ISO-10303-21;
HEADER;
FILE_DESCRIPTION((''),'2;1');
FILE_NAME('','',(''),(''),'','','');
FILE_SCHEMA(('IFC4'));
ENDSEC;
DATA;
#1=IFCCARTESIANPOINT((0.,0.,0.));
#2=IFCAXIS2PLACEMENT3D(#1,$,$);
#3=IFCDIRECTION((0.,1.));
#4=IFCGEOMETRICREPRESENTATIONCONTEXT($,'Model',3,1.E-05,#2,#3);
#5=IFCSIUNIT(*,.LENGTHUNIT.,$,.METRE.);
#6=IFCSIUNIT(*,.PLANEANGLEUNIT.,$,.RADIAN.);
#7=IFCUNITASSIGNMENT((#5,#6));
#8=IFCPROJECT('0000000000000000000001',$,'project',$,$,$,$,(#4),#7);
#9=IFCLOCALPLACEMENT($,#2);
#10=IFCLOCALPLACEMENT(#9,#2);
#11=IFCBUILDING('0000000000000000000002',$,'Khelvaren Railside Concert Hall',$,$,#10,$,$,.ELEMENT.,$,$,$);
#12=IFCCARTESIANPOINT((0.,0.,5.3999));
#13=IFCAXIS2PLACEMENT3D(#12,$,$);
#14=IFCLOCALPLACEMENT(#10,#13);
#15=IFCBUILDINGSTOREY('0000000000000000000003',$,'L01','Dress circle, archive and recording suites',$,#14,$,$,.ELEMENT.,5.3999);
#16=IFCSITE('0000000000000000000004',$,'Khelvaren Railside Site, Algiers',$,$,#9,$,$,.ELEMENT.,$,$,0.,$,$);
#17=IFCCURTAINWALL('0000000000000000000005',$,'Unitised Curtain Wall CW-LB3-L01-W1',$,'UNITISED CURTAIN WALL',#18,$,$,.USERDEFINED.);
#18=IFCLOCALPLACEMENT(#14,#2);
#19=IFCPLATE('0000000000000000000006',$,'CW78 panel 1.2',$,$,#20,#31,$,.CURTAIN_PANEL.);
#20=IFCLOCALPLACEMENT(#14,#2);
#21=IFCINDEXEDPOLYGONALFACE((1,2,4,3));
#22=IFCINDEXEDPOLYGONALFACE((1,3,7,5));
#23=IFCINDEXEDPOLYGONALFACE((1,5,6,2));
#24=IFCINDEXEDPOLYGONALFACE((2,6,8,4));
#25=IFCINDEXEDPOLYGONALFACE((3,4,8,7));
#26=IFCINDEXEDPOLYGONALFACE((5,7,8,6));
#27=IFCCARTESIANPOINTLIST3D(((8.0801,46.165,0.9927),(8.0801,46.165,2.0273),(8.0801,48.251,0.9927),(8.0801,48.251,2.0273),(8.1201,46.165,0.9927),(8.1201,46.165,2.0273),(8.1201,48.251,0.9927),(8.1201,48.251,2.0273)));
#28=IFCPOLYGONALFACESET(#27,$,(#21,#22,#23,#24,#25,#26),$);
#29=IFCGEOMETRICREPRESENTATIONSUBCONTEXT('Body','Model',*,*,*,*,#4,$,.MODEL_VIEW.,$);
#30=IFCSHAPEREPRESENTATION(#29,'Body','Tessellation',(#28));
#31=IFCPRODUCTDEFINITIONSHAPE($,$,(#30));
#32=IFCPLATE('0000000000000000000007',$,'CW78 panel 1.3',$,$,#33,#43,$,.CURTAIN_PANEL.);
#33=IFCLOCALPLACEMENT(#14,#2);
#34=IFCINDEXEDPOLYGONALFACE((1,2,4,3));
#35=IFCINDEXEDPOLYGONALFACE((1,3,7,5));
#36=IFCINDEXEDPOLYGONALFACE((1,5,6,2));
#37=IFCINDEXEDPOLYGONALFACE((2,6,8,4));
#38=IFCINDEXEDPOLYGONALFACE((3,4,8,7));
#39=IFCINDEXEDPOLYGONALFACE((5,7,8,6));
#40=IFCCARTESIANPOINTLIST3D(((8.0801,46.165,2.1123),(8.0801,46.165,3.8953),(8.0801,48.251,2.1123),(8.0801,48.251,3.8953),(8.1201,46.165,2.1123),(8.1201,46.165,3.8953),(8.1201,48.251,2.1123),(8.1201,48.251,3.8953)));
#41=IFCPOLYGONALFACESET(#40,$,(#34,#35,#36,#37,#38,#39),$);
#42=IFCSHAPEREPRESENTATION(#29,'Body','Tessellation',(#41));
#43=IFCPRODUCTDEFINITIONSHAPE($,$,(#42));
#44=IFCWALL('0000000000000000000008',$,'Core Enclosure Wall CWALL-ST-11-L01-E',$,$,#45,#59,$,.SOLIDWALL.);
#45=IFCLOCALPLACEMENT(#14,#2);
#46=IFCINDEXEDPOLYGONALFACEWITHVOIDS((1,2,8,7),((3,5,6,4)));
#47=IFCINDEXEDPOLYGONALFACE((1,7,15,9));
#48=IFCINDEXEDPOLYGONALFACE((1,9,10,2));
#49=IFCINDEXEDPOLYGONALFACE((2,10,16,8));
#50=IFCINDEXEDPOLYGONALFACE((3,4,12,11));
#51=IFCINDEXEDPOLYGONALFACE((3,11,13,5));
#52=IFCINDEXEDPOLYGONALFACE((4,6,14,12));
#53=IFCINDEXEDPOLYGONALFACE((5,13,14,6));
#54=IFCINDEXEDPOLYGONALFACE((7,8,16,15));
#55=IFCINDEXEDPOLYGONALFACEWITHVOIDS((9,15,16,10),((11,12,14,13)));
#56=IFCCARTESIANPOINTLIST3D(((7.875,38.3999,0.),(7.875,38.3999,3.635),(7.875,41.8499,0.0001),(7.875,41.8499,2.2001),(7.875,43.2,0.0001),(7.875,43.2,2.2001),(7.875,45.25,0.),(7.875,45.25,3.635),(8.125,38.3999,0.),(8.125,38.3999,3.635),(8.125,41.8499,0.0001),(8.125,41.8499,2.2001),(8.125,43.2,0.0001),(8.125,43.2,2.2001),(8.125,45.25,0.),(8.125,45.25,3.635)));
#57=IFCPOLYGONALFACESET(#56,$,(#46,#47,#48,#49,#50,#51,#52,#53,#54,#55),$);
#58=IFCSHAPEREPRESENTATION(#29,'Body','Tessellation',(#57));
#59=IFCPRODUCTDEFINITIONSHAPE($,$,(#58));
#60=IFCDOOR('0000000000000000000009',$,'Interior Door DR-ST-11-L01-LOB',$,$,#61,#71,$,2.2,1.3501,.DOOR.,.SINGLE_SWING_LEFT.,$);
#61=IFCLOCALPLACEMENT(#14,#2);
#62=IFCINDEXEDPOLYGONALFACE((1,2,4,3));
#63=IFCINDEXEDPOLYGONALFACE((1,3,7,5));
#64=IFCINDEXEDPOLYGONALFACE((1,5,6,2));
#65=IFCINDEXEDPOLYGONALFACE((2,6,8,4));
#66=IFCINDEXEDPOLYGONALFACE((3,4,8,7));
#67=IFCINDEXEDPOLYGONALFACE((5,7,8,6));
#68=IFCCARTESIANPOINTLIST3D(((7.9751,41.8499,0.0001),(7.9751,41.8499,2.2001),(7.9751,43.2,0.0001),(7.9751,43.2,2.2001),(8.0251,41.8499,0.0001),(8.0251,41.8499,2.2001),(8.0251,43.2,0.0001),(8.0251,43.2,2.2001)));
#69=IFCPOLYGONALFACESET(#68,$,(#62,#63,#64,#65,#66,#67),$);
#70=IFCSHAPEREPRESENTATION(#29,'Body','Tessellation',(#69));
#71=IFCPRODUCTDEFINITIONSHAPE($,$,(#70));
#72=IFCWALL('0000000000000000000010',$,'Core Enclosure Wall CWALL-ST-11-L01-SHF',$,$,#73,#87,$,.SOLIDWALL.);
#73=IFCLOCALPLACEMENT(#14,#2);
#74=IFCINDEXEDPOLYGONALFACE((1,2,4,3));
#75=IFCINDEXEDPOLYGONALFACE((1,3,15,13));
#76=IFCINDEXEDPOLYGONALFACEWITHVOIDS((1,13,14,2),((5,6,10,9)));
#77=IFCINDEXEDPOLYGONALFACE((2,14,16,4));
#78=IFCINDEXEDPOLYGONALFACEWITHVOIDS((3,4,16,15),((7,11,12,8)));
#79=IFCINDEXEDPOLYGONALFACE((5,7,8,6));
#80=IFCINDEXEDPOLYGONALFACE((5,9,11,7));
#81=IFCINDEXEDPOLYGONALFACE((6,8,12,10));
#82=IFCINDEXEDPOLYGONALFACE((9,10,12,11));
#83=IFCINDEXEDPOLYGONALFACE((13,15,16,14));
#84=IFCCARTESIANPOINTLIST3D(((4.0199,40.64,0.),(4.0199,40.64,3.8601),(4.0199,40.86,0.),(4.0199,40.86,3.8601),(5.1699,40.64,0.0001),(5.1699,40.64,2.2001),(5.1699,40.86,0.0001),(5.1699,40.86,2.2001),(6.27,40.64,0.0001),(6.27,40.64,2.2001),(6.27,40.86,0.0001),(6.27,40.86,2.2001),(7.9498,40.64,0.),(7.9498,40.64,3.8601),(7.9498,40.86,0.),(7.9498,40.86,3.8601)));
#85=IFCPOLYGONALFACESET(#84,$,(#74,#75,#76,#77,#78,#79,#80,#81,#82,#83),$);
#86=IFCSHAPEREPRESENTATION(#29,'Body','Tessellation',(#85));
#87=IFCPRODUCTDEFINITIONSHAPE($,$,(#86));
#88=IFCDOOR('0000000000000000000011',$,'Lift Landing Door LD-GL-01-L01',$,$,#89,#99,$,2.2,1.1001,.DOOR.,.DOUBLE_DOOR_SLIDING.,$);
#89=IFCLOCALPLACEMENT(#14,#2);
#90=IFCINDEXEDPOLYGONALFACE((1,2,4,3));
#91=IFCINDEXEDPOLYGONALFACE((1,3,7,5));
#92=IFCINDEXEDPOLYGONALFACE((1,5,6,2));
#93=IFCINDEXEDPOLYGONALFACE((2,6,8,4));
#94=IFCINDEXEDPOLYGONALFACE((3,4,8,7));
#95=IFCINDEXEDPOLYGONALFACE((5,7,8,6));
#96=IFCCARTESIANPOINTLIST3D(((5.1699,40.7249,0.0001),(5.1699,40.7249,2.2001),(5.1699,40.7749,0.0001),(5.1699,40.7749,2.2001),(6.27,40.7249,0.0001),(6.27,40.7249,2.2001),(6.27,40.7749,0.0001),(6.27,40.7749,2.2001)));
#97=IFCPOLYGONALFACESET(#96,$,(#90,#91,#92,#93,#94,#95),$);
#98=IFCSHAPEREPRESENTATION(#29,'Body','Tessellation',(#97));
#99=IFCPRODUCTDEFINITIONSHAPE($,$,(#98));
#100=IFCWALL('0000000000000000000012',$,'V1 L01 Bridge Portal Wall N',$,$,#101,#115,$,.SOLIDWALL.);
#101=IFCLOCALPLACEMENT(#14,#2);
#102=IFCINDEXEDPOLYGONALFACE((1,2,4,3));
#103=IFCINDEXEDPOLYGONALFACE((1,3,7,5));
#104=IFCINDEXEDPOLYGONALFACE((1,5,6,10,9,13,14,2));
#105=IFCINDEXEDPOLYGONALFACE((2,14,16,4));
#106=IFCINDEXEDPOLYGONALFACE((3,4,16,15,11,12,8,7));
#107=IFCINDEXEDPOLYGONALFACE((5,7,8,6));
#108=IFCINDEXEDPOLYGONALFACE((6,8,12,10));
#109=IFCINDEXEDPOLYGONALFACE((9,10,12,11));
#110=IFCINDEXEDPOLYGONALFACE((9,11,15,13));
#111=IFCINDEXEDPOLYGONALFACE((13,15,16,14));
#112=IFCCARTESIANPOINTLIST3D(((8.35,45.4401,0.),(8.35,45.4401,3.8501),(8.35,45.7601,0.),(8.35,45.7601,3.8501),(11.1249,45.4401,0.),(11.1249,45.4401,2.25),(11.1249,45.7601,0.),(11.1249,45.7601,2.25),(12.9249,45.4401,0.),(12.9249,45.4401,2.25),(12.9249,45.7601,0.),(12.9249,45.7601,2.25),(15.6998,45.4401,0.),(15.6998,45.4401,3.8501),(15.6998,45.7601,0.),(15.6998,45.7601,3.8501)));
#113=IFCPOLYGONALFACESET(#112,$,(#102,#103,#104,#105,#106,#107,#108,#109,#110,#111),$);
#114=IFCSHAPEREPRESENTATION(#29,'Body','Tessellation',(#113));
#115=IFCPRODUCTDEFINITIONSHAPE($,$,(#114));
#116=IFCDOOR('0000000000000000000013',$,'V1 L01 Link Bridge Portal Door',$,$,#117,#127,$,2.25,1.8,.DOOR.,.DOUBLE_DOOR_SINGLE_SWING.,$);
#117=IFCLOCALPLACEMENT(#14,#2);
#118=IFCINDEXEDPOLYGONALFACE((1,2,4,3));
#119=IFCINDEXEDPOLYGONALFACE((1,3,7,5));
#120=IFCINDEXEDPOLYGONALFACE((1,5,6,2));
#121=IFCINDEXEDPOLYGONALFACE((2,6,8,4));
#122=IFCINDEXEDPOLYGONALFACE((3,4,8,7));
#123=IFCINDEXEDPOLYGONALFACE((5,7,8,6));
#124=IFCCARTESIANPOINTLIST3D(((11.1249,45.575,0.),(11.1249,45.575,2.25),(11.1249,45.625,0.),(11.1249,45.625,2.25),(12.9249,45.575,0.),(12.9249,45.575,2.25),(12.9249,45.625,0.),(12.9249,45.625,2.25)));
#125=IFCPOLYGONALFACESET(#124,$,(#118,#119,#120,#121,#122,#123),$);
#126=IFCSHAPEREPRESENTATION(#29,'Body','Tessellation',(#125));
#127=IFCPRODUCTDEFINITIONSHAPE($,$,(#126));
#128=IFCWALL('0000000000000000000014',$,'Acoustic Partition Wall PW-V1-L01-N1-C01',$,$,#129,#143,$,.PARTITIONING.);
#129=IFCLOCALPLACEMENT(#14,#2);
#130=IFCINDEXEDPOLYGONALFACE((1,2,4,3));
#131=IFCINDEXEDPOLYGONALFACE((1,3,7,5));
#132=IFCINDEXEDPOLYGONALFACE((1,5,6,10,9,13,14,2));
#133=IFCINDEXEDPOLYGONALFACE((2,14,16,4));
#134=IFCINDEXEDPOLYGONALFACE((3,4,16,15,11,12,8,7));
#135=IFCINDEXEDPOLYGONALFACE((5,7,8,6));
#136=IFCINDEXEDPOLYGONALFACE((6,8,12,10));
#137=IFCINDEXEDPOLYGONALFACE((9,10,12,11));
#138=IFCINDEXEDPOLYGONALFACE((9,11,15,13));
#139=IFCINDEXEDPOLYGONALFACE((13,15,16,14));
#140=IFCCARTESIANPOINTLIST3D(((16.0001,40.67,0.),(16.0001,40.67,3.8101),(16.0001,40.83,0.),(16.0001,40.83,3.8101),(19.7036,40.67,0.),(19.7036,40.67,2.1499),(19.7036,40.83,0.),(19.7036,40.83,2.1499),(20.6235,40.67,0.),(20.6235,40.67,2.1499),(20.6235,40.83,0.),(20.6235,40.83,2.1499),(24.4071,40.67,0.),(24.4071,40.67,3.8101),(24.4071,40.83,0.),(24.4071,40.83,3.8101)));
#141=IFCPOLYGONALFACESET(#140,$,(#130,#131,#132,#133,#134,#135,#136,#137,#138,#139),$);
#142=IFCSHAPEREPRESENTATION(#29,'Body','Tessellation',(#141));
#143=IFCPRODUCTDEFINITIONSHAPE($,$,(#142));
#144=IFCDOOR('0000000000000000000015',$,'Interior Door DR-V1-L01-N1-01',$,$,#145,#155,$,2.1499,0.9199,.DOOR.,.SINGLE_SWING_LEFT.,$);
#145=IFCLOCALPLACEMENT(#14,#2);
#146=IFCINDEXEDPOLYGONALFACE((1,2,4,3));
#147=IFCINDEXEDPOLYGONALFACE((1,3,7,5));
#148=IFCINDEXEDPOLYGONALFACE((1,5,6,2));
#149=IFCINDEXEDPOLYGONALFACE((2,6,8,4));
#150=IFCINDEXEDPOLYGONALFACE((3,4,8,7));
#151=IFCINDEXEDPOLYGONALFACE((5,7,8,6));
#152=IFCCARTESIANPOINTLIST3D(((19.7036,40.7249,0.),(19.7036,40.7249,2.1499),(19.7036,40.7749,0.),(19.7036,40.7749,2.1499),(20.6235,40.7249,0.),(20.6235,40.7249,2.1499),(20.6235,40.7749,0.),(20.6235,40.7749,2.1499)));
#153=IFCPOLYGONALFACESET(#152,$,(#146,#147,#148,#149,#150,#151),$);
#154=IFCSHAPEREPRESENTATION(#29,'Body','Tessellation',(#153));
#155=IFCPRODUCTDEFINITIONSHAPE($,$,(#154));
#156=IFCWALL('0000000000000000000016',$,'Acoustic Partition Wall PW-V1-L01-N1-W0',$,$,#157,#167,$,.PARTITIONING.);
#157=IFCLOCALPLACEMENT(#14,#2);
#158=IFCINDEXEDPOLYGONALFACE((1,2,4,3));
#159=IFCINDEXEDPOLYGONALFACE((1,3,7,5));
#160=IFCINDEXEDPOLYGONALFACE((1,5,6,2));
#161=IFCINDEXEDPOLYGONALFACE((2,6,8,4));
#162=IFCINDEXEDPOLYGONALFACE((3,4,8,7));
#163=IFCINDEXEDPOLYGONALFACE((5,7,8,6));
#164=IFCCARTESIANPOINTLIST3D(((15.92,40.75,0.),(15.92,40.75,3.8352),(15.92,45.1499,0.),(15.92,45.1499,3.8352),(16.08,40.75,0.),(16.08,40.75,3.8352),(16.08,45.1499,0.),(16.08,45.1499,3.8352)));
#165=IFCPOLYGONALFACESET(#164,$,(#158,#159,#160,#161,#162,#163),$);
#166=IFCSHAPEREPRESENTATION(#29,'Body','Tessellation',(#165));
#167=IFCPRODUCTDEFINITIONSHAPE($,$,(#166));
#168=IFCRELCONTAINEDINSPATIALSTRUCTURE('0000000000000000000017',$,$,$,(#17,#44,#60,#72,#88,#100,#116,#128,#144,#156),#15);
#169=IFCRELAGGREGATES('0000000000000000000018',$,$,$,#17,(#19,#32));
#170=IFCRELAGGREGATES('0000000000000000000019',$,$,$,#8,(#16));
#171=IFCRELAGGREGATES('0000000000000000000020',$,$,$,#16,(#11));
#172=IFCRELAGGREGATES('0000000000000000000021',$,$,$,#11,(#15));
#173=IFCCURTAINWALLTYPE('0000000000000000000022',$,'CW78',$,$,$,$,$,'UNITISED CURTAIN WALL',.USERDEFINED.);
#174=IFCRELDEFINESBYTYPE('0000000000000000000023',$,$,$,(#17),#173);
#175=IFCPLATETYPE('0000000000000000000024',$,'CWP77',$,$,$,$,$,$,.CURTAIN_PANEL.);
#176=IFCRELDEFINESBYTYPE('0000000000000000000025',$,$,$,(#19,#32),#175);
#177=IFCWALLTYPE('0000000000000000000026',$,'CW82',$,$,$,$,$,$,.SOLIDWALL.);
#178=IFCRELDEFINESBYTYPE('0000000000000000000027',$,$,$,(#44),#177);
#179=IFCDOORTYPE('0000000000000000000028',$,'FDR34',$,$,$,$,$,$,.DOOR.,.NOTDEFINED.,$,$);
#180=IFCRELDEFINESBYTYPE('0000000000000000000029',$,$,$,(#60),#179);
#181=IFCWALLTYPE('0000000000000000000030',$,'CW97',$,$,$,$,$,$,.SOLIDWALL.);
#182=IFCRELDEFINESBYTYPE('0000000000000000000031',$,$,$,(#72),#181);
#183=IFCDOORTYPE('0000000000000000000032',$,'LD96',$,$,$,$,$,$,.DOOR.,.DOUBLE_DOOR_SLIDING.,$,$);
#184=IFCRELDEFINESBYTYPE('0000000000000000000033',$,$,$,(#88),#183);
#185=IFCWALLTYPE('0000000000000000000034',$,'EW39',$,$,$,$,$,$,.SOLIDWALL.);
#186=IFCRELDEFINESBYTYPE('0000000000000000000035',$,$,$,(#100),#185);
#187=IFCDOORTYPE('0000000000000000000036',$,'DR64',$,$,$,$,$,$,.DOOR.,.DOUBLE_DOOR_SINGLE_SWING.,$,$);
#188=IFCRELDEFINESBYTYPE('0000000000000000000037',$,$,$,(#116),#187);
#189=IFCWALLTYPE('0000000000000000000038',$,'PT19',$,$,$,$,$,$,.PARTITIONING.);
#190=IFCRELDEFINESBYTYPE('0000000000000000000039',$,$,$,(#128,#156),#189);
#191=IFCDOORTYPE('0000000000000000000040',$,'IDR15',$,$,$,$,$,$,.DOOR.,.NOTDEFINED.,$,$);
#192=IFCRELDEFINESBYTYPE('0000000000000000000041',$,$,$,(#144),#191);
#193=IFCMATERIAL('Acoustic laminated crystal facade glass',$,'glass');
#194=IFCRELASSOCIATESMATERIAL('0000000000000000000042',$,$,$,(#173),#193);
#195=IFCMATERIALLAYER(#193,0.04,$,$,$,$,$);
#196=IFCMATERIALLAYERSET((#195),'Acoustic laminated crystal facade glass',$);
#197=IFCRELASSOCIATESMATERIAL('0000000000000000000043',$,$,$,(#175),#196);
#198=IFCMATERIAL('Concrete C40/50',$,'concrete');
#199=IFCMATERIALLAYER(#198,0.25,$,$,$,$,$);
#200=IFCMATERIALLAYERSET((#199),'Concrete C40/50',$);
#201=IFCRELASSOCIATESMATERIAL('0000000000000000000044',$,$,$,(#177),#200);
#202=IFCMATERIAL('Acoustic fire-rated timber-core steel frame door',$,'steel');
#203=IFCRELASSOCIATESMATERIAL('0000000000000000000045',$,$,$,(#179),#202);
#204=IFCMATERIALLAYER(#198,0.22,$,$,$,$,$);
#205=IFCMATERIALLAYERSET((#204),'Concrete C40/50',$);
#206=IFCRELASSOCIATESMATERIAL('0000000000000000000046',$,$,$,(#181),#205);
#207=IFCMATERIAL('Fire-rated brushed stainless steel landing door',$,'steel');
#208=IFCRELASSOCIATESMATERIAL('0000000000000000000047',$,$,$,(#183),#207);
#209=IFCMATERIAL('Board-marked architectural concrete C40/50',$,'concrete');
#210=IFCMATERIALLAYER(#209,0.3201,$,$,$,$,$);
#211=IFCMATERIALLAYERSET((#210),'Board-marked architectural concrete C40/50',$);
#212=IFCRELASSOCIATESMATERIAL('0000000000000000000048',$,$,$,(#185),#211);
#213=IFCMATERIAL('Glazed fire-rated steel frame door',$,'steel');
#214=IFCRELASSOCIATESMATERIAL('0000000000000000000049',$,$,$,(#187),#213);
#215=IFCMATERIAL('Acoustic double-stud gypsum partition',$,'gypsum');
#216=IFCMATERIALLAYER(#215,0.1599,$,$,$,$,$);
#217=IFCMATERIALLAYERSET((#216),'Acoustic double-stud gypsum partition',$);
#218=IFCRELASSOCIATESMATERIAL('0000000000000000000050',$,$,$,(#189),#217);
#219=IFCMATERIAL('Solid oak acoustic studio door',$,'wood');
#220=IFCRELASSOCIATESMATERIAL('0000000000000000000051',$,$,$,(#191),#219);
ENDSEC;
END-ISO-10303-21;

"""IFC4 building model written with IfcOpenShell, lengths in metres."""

from ifc_helpers import new_model, si_unit, direction, frame, frame_2d, origin, origin_2d, place, context, subcontext, project, spatial, rectangle, extrude, material, layer, layer_set, type_object, element, fill, aggregate, save


model = new_model("IFC4")

# Units and contexts
model_context = context("Model", 3, precision=1e-05, world=origin(), true_north=direction((0.0, 1.0)))
body_context = subcontext(model_context, "Body", "Model", "MODEL_VIEW")
ifc_project = project(units=[si_unit("LENGTHUNIT", "METRE"), si_unit("PLANEANGLEUNIT", "RADIAN")], contexts=[model_context])

# Site, building, storey
site_placement = place(None, origin())
site = spatial("IfcSite", under=ifc_project, at=site_placement, Name="Khelvaren Railside Site, Algiers", CompositionType="ELEMENT", RefElevation=0.0)
building_placement = place(site_placement, origin())
building = spatial("IfcBuilding", under=site, at=building_placement, Name="Khelvaren Railside Concert Hall", CompositionType="ELEMENT")
storey_placement = place(building_placement, frame((0.0, 0.0, 5.3999)))
storey = spatial("IfcBuildingStorey", under=building, at=storey_placement, Name="L01", Description="Dress circle, archive and recording suites", CompositionType="ELEMENT", Elevation=5.3999)

# Curtain wall
ifc_material_1 = material(Name="Acoustic laminated crystal facade glass", Category="glass")
curtain_wall_type = type_object("IfcCurtainWallType", Name="CW78", ElementType="UNITISED CURTAIN WALL", PredefinedType="USERDEFINED", material=ifc_material_1)
curtain_wall_1_placement = place(storey_placement, origin())
curtain_wall_1 = element("IfcCurtainWall", 1, at=curtain_wall_1_placement, inside=storey, type_object=curtain_wall_type, Name="Unitised Curtain Wall CW-LB3-L01-W1", ObjectType="UNITISED CURTAIN WALL", PredefinedType="USERDEFINED")

# Shared definitions
ifc_material_2 = material(Name="Concrete C40/50", Category="concrete")

# Plates
ifc_layer_1 = layer(ifc_material_1, 0.04)
ifc_layer_set_1 = layer_set([ifc_layer_1], Name="Acoustic laminated crystal facade glass")
plate_type = type_object("IfcPlateType", Name="CWP77", PredefinedType="CURTAIN_PANEL", material=ifc_layer_set_1)
plate_1_placement = place(storey_placement, frame((8.1001, 47.208, 0.9927), z_axis=(0.0, 0.0, 1.0), x_axis=(0.0, 1.0, 0.0)))
plate_1 = element("IfcPlate", 2, at=plate_1_placement, type_object=plate_type, Name="CW78 panel 1.2", PredefinedType="CURTAIN_PANEL", context=body_context, shape_type="SweptSolid", body=[
    extrude(rectangle(XDim=2.0859, YDim=0.04, at=origin_2d()), origin(), (0.0, 0.0, 1.0), 1.0347),
])
plate_2_placement = place(storey_placement, frame((8.1001, 47.208, 2.1123), z_axis=(0.0, 0.0, 1.0), x_axis=(0.0, 1.0, 0.0)))
plate_2 = element("IfcPlate", 3, at=plate_2_placement, type_object=plate_type, Name="CW78 panel 1.3", PredefinedType="CURTAIN_PANEL", context=body_context, shape_type="SweptSolid", body=[
    extrude(rectangle(XDim=2.0859, YDim=0.04, at=origin_2d()), origin(), (0.0, 0.0, 1.0), 1.783),
])
aggregate(curtain_wall_1, [plate_1, plate_2])

# Walls, openings, doors
ifc_layer_2 = layer(ifc_material_2, 0.25)
ifc_layer_set_2 = layer_set([ifc_layer_2], Name="Concrete C40/50")
wall_type_1 = type_object("IfcWallType", Name="CW82", PredefinedType="SOLIDWALL", material=ifc_layer_set_2)
wall_1_placement = place(storey_placement, frame((8.0, 38.3999, 0.0), z_axis=(0.0, 0.0, 1.0), x_axis=(0.0, 1.0, 0.0)))
wall_1 = element("IfcWall", 4, at=wall_1_placement, inside=storey, type_object=wall_type_1, Name="Core Enclosure Wall CWALL-ST-11-L01-E", PredefinedType="SOLIDWALL", context=body_context, shape_type="SweptSolid", body=[
    extrude(rectangle(XDim=6.8501, YDim=0.25, at=frame_2d((3.425, 0.0))), origin(), (0.0, 0.0, 1.0), 3.635),
])
opening_1_placement = place(wall_1_placement, frame((3.45, 0.0, 0.0)))
opening_1 = element("IfcOpeningElement", 5, at=opening_1_placement, cuts=wall_1, PredefinedType="OPENING", context=body_context, shape_type="SweptSolid", body=[
    extrude(rectangle(XDim=1.3501, YDim=2.2, at=frame_2d((0.675, 1.1001))), frame((0.0, 0.135, 0.0), z_axis=(0.0, -1.0, 0.0), x_axis=(1.0, 0.0, 0.0)), (0.0, 0.0, 1.0), 0.27),
])
ifc_material_3 = material(Name="Acoustic fire-rated timber-core steel frame door", Category="steel")
door_type_1 = type_object("IfcDoorType", Name="FDR34", OperationType="NOTDEFINED", PredefinedType="DOOR", material=ifc_material_3)
door_1_placement = place(opening_1_placement, origin())
door_1 = element("IfcDoor", 6, at=door_1_placement, inside=storey, type_object=door_type_1, Name="Interior Door DR-ST-11-L01-LOB", OperationType="SINGLE_SWING_LEFT", OverallHeight=2.2, OverallWidth=1.3501, PredefinedType="DOOR", context=body_context, shape_type="SweptSolid", body=[
    extrude(rectangle(XDim=1.3501, YDim=2.2, at=frame_2d((0.675, 1.1001))), frame((0.0, 0.0249, 0.0), z_axis=(0.0, -1.0, 0.0), x_axis=(1.0, 0.0, 0.0)), (0.0, 0.0, 1.0), 0.05),
])
fill(opening_1, door_1)
ifc_layer_3 = layer(ifc_material_2, 0.22)
ifc_layer_set_3 = layer_set([ifc_layer_3], Name="Concrete C40/50")
wall_type_2 = type_object("IfcWallType", Name="CW97", PredefinedType="SOLIDWALL", material=ifc_layer_set_3)
wall_2_placement = place(storey_placement, frame((4.02, 40.75, 0.0), z_axis=(0.0, 0.0, 1.0), x_axis=(1.0, 0.0, 0.0)))
wall_2 = element("IfcWall", 7, at=wall_2_placement, inside=storey, type_object=wall_type_2, Name="Core Enclosure Wall CWALL-ST-11-L01-SHF", PredefinedType="SOLIDWALL", context=body_context, shape_type="SweptSolid", body=[
    extrude(rectangle(XDim=3.9299, YDim=0.22, at=frame_2d((1.9648, 0.0))), origin(), (0.0, 0.0, 1.0), 3.8601),
])
opening_2_placement = place(wall_2_placement, frame((1.1499, 0.0, 0.0)))
opening_2 = element("IfcOpeningElement", 8, at=opening_2_placement, cuts=wall_2, PredefinedType="OPENING", context=body_context, shape_type="SweptSolid", body=[
    extrude(rectangle(XDim=1.1001, YDim=2.2, at=frame_2d((0.55, 1.1001))), frame((0.0, 0.1199, 0.0), z_axis=(0.0, -1.0, 0.0), x_axis=(1.0, 0.0, 0.0)), (0.0, 0.0, 1.0), 0.24),
])
ifc_material_4 = material(Name="Fire-rated brushed stainless steel landing door", Category="steel")
door_type_2 = type_object("IfcDoorType", Name="LD96", OperationType="DOUBLE_DOOR_SLIDING", PredefinedType="DOOR", material=ifc_material_4)
door_2_placement = place(opening_2_placement, origin())
door_2 = element("IfcDoor", 9, at=door_2_placement, inside=storey, type_object=door_type_2, Name="Lift Landing Door LD-GL-01-L01", OperationType="DOUBLE_DOOR_SLIDING", OverallHeight=2.2, OverallWidth=1.1001, PredefinedType="DOOR", context=body_context, shape_type="SweptSolid", body=[
    extrude(rectangle(XDim=1.1001, YDim=2.2, at=frame_2d((0.55, 1.1001))), frame((0.0, 0.0249, 0.0), z_axis=(0.0, -1.0, 0.0), x_axis=(1.0, 0.0, 0.0)), (0.0, 0.0, 1.0), 0.05),
])
fill(opening_2, door_2)
ifc_material_5 = material(Name="Board-marked architectural concrete C40/50", Category="concrete")
ifc_layer_4 = layer(ifc_material_5, 0.3201)
ifc_layer_set_4 = layer_set([ifc_layer_4], Name="Board-marked architectural concrete C40/50")
wall_type_3 = type_object("IfcWallType", Name="EW39", PredefinedType="SOLIDWALL", material=ifc_layer_set_4)
wall_3_placement = place(storey_placement, frame((8.3501, 45.6001, 0.0), z_axis=(0.0, 0.0, 1.0), x_axis=(1.0, 0.0, 0.0)))
wall_3 = element("IfcWall", 10, at=wall_3_placement, inside=storey, type_object=wall_type_3, Name="V1 L01 Bridge Portal Wall N", PredefinedType="SOLIDWALL", context=body_context, shape_type="SweptSolid", body=[
    extrude(rectangle(XDim=7.3499, YDim=0.3201, at=frame_2d((3.6748, 0.0))), origin(), (0.0, 0.0, 1.0), 3.8501),
])
opening_3_placement = place(wall_3_placement, frame((2.7749, 0.0, 0.0)))
opening_3 = element("IfcOpeningElement", 11, at=opening_3_placement, cuts=wall_3, PredefinedType="OPENING", context=body_context, shape_type="SweptSolid", body=[
    extrude(rectangle(XDim=1.8, YDim=2.25, at=frame_2d((0.8999, 1.125))), frame((0.0, 0.1699, 0.0), z_axis=(0.0, -1.0, 0.0), x_axis=(1.0, 0.0, 0.0)), (0.0, 0.0, 1.0), 0.3401),
])
ifc_material_6 = material(Name="Glazed fire-rated steel frame door", Category="steel")
door_type_3 = type_object("IfcDoorType", Name="DR64", OperationType="DOUBLE_DOOR_SINGLE_SWING", PredefinedType="DOOR", material=ifc_material_6)
door_3_placement = place(opening_3_placement, origin())
door_3 = element("IfcDoor", 12, at=door_3_placement, inside=storey, type_object=door_type_3, Name="V1 L01 Link Bridge Portal Door", OperationType="DOUBLE_DOOR_SINGLE_SWING", OverallHeight=2.25, OverallWidth=1.8, PredefinedType="DOOR", context=body_context, shape_type="SweptSolid", body=[
    extrude(rectangle(XDim=1.8, YDim=2.25, at=frame_2d((0.8999, 1.125))), frame((0.0, 0.0249, 0.0), z_axis=(0.0, -1.0, 0.0), x_axis=(1.0, 0.0, 0.0)), (0.0, 0.0, 1.0), 0.05),
])
fill(opening_3, door_3)
ifc_material_7 = material(Name="Acoustic double-stud gypsum partition", Category="gypsum")
ifc_layer_5 = layer(ifc_material_7, 0.1599)
ifc_layer_set_5 = layer_set([ifc_layer_5], Name="Acoustic double-stud gypsum partition")
wall_type_4 = type_object("IfcWallType", Name="PT19", PredefinedType="PARTITIONING", material=ifc_layer_set_5)
wall_4_placement = place(storey_placement, frame((16.0, 40.75, 0.0), z_axis=(0.0, 0.0, 1.0), x_axis=(1.0, 0.0, 0.0)))
wall_4 = element("IfcWall", 13, at=wall_4_placement, inside=storey, type_object=wall_type_4, Name="Acoustic Partition Wall PW-V1-L01-N1-C01", PredefinedType="PARTITIONING", context=body_context, shape_type="SweptSolid", body=[
    extrude(rectangle(XDim=8.407, YDim=0.1599, at=frame_2d((4.2036, 0.0))), origin(), (0.0, 0.0, 1.0), 3.8101),
])
opening_4_placement = place(wall_4_placement, frame((3.7036, 0.0, 0.0)))
opening_4 = element("IfcOpeningElement", 14, at=opening_4_placement, cuts=wall_4, PredefinedType="OPENING", context=body_context, shape_type="SweptSolid", body=[
    extrude(rectangle(XDim=0.9199, YDim=2.1499, at=frame_2d((0.46, 1.075))), frame((0.0, 0.0898, 0.0), z_axis=(0.0, -1.0, 0.0), x_axis=(1.0, 0.0, 0.0)), (0.0, 0.0, 1.0), 0.1799),
])
ifc_material_8 = material(Name="Solid oak acoustic studio door", Category="wood")
door_type_4 = type_object("IfcDoorType", Name="IDR15", OperationType="NOTDEFINED", PredefinedType="DOOR", material=ifc_material_8)
door_4_placement = place(opening_4_placement, origin())
door_4 = element("IfcDoor", 15, at=door_4_placement, inside=storey, type_object=door_type_4, Name="Interior Door DR-V1-L01-N1-01", OperationType="SINGLE_SWING_LEFT", OverallHeight=2.1499, OverallWidth=0.9199, PredefinedType="DOOR", context=body_context, shape_type="SweptSolid", body=[
    extrude(rectangle(XDim=0.9199, YDim=2.1499, at=frame_2d((0.46, 1.075))), frame((0.0, 0.0249, 0.0), z_axis=(0.0, -1.0, 0.0), x_axis=(1.0, 0.0, 0.0)), (0.0, 0.0, 1.0), 0.05),
])
fill(opening_4, door_4)

# Wall
wall_5_placement = place(storey_placement, frame((16.0, 40.75, 0.0), z_axis=(0.0, 0.0, 1.0), x_axis=(0.0, 1.0, 0.0)))
element("IfcWall", 16, at=wall_5_placement, inside=storey, type_object=wall_type_4, Name="Acoustic Partition Wall PW-V1-L01-N1-W0", PredefinedType="PARTITIONING", context=body_context, shape_type="SweptSolid", body=[
    extrude(rectangle(XDim=4.3999, YDim=0.1599, at=frame_2d((2.2, 0.0))), origin(), (0.0, 0.0, 1.0), 3.8352),
])

save(model, "model.ifc")
